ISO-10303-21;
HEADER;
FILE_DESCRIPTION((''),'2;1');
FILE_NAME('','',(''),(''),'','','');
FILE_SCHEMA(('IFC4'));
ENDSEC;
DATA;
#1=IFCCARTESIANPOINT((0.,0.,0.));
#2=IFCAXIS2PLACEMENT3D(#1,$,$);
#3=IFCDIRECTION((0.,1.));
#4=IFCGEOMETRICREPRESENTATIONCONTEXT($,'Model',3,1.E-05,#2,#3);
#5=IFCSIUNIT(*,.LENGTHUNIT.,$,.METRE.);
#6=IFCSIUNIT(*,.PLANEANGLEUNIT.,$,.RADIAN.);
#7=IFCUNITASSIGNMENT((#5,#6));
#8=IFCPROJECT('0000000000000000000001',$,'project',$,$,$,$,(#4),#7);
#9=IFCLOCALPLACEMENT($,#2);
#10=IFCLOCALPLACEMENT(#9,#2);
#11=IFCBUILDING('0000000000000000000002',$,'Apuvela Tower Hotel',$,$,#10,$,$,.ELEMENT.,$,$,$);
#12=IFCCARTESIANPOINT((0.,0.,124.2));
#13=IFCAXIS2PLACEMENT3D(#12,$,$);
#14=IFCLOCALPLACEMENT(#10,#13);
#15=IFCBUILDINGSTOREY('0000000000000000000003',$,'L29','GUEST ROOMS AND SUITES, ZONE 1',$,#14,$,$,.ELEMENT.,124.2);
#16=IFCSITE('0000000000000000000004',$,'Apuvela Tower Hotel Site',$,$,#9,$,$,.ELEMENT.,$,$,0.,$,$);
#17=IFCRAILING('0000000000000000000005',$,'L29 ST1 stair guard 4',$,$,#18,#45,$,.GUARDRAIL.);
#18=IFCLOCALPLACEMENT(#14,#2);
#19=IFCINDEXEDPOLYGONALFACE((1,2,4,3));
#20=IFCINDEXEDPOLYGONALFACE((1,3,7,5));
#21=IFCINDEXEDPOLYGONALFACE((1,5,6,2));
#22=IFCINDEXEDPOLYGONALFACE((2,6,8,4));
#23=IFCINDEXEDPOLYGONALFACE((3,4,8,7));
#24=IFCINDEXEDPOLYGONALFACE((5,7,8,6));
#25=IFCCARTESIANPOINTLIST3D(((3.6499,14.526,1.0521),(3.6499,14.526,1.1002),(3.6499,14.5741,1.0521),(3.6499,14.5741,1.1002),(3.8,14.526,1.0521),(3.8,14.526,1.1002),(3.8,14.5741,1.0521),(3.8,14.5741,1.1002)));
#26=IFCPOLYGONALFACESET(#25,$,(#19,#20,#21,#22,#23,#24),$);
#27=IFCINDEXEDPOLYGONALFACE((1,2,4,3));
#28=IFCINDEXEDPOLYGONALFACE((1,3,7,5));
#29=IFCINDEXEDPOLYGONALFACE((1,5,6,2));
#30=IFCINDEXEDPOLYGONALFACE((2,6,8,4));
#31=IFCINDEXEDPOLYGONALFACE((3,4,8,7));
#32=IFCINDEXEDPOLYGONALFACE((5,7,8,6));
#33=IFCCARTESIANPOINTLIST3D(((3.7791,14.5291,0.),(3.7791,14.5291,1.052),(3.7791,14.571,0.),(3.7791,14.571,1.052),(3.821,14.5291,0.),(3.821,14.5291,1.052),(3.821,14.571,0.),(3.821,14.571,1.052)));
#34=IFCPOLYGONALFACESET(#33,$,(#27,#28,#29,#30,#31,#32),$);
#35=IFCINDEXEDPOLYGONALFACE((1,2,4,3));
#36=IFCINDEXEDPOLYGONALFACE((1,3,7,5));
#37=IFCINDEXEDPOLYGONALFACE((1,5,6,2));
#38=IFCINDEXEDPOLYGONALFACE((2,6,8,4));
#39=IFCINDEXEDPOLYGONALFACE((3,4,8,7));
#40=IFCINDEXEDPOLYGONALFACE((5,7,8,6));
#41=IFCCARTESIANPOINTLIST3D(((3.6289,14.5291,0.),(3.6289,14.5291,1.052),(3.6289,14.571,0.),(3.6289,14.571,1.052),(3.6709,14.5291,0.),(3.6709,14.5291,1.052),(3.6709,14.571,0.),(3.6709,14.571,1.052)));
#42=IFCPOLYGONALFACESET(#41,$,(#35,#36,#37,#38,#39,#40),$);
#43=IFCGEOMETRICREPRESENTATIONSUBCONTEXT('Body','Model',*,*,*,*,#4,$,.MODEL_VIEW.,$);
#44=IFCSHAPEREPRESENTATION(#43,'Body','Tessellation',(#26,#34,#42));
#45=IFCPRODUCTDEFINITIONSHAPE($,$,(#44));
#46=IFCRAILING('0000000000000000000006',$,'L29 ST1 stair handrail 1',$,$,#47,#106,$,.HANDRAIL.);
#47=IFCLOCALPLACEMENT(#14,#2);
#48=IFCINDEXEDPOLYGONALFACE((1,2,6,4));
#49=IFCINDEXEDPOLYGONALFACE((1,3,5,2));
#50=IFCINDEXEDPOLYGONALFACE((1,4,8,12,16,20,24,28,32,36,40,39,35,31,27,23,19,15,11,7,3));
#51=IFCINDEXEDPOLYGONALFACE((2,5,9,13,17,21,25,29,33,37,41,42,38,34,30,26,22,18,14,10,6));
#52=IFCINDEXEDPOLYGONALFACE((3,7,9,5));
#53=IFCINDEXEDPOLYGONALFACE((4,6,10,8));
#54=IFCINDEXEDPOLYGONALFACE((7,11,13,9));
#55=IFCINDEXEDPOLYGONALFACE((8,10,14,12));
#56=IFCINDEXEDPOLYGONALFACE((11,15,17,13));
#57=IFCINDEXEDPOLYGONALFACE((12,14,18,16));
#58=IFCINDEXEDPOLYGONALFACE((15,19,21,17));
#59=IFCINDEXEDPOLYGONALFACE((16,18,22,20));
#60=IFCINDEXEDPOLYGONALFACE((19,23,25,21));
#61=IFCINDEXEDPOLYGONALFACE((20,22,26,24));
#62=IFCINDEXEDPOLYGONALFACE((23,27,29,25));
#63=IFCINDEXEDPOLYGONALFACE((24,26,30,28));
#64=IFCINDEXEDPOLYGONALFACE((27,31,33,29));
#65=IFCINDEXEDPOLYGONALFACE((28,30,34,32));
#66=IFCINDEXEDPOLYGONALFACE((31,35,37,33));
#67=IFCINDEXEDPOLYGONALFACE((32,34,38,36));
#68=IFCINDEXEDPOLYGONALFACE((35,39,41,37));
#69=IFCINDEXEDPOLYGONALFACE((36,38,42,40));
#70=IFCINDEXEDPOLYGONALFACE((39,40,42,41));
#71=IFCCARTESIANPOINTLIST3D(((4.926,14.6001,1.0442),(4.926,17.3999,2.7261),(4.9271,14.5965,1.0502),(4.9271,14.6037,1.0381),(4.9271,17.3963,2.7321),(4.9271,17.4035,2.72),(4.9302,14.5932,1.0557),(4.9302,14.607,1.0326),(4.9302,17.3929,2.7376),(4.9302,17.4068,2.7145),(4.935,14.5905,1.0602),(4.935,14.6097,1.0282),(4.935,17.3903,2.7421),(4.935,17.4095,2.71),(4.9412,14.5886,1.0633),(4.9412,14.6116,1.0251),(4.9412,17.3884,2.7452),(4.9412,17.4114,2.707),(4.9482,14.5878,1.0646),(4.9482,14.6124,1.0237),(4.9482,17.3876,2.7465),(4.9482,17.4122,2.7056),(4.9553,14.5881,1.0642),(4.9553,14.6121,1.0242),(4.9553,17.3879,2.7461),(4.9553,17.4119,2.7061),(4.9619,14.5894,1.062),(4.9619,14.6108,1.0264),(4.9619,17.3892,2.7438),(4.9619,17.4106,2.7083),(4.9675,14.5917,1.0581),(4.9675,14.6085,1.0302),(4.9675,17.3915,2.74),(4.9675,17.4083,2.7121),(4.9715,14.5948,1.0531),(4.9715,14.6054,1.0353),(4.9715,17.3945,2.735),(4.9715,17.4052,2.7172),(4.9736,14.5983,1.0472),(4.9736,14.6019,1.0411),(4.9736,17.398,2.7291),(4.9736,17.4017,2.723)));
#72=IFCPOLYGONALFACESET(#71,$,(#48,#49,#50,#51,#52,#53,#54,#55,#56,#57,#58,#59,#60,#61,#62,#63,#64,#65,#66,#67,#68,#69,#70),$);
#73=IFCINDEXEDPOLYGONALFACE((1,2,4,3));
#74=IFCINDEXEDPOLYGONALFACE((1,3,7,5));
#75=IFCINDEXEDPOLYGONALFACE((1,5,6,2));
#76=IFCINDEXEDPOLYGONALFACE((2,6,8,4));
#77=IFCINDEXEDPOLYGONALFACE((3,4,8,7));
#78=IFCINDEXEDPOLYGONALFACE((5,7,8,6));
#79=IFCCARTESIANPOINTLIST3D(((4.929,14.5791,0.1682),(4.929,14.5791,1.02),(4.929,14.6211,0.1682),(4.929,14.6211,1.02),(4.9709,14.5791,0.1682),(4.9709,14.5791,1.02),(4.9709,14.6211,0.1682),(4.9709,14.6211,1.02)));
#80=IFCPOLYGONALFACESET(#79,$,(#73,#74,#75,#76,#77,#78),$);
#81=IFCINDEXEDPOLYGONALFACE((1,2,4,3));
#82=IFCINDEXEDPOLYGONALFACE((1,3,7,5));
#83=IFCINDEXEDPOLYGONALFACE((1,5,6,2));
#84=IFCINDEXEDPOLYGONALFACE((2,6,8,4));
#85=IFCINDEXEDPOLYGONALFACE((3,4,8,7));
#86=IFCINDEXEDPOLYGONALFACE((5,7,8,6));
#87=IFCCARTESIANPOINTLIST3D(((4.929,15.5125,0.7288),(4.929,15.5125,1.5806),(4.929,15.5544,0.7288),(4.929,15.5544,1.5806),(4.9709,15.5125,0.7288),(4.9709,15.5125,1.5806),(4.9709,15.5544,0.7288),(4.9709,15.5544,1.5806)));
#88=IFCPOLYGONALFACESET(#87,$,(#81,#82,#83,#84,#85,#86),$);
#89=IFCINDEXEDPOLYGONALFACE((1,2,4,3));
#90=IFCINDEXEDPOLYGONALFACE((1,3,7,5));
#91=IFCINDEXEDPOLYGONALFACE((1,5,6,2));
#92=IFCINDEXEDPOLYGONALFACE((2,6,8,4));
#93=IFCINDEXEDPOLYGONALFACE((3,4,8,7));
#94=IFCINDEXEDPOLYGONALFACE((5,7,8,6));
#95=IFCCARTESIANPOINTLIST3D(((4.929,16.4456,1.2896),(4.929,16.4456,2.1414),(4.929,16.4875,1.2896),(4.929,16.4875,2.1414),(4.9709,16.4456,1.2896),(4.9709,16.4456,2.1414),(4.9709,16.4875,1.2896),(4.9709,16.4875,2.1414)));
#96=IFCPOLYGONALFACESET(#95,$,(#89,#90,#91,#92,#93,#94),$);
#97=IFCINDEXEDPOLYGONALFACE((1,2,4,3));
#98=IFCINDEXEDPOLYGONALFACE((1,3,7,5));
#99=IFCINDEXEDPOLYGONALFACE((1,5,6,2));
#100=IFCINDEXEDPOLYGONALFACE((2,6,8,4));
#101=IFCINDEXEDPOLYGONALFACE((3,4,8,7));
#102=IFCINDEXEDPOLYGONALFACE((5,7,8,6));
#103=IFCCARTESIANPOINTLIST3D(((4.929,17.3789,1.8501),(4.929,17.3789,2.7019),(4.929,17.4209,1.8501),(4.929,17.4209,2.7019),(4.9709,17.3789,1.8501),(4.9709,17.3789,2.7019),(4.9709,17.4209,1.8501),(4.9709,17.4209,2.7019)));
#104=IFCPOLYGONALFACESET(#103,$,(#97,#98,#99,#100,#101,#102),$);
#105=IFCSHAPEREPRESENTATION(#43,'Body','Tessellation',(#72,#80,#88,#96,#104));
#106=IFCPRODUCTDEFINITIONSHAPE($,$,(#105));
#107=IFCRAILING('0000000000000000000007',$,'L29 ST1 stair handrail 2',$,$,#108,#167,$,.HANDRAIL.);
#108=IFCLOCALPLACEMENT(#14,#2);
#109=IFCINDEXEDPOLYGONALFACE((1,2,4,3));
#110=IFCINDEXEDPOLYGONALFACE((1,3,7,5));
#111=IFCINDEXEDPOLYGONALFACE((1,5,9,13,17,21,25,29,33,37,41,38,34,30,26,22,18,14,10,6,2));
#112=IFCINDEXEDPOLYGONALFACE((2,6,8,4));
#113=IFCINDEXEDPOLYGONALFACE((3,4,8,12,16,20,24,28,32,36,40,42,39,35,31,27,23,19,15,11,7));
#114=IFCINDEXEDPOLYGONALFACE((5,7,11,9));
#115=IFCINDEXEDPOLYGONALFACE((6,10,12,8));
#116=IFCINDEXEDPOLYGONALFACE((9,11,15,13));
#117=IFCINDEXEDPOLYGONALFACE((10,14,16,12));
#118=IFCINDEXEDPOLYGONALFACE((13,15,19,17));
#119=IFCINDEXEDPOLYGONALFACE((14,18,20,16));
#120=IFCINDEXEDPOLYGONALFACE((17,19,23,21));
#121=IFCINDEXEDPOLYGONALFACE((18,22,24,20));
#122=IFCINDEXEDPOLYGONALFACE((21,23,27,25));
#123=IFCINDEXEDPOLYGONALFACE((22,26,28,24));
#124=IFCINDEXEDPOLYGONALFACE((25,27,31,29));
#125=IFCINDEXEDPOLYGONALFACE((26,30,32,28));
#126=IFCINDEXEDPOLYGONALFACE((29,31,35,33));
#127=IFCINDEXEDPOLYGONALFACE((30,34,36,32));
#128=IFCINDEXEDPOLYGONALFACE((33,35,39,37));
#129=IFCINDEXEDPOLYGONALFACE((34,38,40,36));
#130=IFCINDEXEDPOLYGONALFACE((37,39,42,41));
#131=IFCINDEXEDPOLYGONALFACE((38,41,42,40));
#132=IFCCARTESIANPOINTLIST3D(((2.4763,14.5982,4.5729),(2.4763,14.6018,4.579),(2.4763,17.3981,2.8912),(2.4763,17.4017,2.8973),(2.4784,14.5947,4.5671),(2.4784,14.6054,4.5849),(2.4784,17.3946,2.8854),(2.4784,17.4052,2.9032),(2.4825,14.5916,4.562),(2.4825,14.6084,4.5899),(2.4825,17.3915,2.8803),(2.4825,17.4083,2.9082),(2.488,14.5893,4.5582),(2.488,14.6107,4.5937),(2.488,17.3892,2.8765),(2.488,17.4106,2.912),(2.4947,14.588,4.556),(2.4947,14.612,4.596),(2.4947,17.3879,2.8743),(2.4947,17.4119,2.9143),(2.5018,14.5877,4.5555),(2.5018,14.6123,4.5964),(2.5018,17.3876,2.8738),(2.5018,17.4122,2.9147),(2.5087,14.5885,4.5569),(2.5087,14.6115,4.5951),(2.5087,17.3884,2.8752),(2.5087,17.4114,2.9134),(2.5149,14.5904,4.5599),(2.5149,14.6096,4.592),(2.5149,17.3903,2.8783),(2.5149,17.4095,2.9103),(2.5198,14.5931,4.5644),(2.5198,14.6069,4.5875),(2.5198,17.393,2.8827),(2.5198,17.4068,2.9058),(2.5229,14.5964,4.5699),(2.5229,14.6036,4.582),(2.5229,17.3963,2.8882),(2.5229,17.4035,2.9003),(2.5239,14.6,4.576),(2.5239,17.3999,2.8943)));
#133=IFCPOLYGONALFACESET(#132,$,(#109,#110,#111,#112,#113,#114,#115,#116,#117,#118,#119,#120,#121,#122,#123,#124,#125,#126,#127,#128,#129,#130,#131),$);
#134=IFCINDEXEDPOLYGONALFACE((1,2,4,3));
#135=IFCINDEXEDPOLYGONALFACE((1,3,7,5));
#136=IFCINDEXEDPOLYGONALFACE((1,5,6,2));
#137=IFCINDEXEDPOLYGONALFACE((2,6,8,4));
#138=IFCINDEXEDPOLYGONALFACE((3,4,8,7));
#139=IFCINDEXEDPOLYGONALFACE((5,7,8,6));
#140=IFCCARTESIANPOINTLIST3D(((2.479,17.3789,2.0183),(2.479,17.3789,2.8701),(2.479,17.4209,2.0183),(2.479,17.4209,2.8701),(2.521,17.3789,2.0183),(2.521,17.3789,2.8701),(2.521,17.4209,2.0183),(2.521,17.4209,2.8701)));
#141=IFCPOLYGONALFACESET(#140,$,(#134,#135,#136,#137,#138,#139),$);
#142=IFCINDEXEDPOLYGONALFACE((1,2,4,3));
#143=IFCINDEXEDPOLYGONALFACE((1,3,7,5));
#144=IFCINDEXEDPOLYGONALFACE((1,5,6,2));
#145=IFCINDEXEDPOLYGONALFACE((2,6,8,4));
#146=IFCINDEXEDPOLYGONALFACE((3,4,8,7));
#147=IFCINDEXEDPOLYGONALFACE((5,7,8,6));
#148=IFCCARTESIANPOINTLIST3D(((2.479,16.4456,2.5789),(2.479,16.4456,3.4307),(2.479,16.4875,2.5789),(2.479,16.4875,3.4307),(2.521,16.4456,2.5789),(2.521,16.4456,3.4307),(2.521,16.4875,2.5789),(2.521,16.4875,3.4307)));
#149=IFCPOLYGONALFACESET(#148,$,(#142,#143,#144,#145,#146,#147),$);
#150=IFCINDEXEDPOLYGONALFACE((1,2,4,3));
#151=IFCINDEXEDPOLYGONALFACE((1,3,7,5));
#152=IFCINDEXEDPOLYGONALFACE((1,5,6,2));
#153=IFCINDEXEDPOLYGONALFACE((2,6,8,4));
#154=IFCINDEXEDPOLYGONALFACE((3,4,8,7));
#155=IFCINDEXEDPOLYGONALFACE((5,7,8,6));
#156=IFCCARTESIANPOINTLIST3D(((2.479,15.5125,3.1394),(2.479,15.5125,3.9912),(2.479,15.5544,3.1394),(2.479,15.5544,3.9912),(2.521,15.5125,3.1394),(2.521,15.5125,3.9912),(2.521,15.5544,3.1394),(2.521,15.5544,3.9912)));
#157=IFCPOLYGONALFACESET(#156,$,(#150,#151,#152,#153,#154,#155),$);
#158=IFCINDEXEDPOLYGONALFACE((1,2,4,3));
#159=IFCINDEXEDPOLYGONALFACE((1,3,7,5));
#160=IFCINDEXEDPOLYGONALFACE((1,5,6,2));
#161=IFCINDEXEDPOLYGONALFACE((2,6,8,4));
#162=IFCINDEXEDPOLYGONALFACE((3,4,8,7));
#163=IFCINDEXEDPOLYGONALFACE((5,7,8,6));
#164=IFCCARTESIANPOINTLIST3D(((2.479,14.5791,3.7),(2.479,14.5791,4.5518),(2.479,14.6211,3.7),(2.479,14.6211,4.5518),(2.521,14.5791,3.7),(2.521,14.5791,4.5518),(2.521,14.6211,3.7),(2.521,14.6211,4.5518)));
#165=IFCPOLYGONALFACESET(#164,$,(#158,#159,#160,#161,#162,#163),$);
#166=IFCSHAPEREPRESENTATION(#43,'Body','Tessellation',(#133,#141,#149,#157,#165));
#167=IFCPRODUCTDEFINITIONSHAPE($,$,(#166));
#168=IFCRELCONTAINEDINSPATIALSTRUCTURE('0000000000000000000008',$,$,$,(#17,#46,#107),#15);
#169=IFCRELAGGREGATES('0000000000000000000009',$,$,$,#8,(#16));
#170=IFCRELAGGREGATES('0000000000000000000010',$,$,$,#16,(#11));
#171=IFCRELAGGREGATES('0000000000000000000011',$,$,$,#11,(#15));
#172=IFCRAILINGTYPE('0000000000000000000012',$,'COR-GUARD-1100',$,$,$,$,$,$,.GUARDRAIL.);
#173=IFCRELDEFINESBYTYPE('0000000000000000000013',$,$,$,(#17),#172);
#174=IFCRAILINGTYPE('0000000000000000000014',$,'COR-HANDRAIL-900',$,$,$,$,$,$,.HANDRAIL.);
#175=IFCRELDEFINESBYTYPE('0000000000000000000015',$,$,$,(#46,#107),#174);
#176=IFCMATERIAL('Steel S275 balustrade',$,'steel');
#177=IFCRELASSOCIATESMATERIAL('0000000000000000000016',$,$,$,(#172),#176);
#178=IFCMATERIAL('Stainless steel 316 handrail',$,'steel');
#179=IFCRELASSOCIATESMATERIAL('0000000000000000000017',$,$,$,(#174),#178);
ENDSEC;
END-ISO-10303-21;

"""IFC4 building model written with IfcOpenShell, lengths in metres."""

from ifc_helpers import new_model, si_unit, direction, frame, origin, origin_2d, place, context, subcontext, project, spatial, rectangle, circle, extrude, material, type_object, element, save


model = new_model("IFC4")

# Units and contexts
model_context = context("Model", 3, precision=1e-05, world=origin(), true_north=direction((0.0, 1.0)))
body_context = subcontext(model_context, "Body", "Model", "MODEL_VIEW")
ifc_project = project(units=[si_unit("LENGTHUNIT", "METRE"), si_unit("PLANEANGLEUNIT", "RADIAN")], contexts=[model_context])

# Site, building, storey
site_placement = place(None, origin())
site = spatial("IfcSite", under=ifc_project, at=site_placement, Name="Apuvela Tower Hotel Site", CompositionType="ELEMENT", RefElevation=0.0)
building_placement = place(site_placement, origin())
building = spatial("IfcBuilding", under=site, at=building_placement, Name="Apuvela Tower Hotel", CompositionType="ELEMENT")
storey_placement = place(building_placement, frame((0.0, 0.0, 124.2)))
storey = spatial("IfcBuildingStorey", under=building, at=storey_placement, Name="L29", Description="GUEST ROOMS AND SUITES, ZONE 1", CompositionType="ELEMENT", Elevation=124.2)

# Railings
ifc_material_1 = material(Name="Steel S275 balustrade", Category="steel")
railing_type_1 = type_object("IfcRailingType", Name="COR-GUARD-1100", PredefinedType="GUARDRAIL", material=ifc_material_1)
railing_1_placement = place(storey_placement, frame((3.8, 14.55, 0.0)))
element("IfcRailing", 1, at=railing_1_placement, inside=storey, type_object=railing_type_1, Name="L29 ST1 stair guard 4", PredefinedType="GUARDRAIL", context=body_context, shape_type="SweptSolid", body=[
    extrude(rectangle(XDim=0.0481, YDim=0.0481, at=origin_2d()), frame((0.0, 0.0, 1.0762), z_axis=(-1.0, 0.0, 0.0), x_axis=(0.0, -1.0, 0.0)), (0.0, 0.0, 1.0), 0.1501),
    extrude(rectangle(XDim=0.042, YDim=0.042, at=origin_2d()), origin(), (0.0, 0.0, 1.0), 1.052),
    extrude(rectangle(XDim=0.042, YDim=0.042, at=origin_2d()), frame((-0.1501, 0.0, 0.0)), (0.0, 0.0, 1.0), 1.052),
])
ifc_material_2 = material(Name="Stainless steel 316 handrail", Category="steel")
railing_type_2 = type_object("IfcRailingType", Name="COR-HANDRAIL-900", PredefinedType="HANDRAIL", material=ifc_material_2)
railing_2_placement = place(storey_placement, frame((4.95, 14.6001, 0.1682)))
element("IfcRailing", 2, at=railing_2_placement, inside=storey, type_object=railing_type_2, Name="L29 ST1 stair handrail 1", PredefinedType="HANDRAIL", context=body_context, shape_type="SweptSolid", body=[
    extrude(circle(Radius=0.0239, at=origin_2d()), frame((0.0, 0.0, 0.876), z_axis=(0.0, 0.857222, 0.514946), x_axis=(-1.0, 0.0, 0.0)), (0.0, 0.0, 1.0), 3.2661),
    extrude(rectangle(XDim=0.042, YDim=0.042, at=origin_2d()), origin(), (0.0, 0.0, 1.0), 0.8518),
    extrude(rectangle(XDim=0.042, YDim=0.042, at=origin_2d()), frame((0.0, 0.9333, 0.5605)), (0.0, 0.0, 1.0), 0.8518),
    extrude(rectangle(XDim=0.042, YDim=0.042, at=origin_2d()), frame((0.0, 1.8665, 1.1213)), (0.0, 0.0, 1.0), 0.8518),
    extrude(rectangle(XDim=0.042, YDim=0.042, at=origin_2d()), frame((0.0, 2.7998, 1.6819)), (0.0, 0.0, 1.0), 0.8518),
])
railing_3_placement = place(storey_placement, frame((2.5, 17.3999, 2.0183)))
element("IfcRailing", 3, at=railing_3_placement, inside=storey, type_object=railing_type_2, Name="L29 ST1 stair handrail 2", PredefinedType="HANDRAIL", context=body_context, shape_type="SweptSolid", body=[
    extrude(circle(Radius=0.0239, at=origin_2d()), frame((0.0, 0.0, 0.876), z_axis=(0.0, -0.857255, 0.514891), x_axis=(1.0, 0.0, 0.0)), (0.0, 0.0, 1.0), 3.2661),
    extrude(rectangle(XDim=0.042, YDim=0.042, at=origin_2d()), origin(), (0.0, 0.0, 1.0), 0.8518),
    extrude(rectangle(XDim=0.042, YDim=0.042, at=origin_2d()), frame((0.0, -0.9333, 0.5605)), (0.0, 0.0, 1.0), 0.8518),
    extrude(rectangle(XDim=0.042, YDim=0.042, at=origin_2d()), frame((0.0, -1.8665, 1.1211)), (0.0, 0.0, 1.0), 0.8518),
    extrude(rectangle(XDim=0.042, YDim=0.042, at=origin_2d()), frame((0.0, -2.7998, 1.6816)), (0.0, 0.0, 1.0), 0.8518),
])

save(model, "model.ifc")
